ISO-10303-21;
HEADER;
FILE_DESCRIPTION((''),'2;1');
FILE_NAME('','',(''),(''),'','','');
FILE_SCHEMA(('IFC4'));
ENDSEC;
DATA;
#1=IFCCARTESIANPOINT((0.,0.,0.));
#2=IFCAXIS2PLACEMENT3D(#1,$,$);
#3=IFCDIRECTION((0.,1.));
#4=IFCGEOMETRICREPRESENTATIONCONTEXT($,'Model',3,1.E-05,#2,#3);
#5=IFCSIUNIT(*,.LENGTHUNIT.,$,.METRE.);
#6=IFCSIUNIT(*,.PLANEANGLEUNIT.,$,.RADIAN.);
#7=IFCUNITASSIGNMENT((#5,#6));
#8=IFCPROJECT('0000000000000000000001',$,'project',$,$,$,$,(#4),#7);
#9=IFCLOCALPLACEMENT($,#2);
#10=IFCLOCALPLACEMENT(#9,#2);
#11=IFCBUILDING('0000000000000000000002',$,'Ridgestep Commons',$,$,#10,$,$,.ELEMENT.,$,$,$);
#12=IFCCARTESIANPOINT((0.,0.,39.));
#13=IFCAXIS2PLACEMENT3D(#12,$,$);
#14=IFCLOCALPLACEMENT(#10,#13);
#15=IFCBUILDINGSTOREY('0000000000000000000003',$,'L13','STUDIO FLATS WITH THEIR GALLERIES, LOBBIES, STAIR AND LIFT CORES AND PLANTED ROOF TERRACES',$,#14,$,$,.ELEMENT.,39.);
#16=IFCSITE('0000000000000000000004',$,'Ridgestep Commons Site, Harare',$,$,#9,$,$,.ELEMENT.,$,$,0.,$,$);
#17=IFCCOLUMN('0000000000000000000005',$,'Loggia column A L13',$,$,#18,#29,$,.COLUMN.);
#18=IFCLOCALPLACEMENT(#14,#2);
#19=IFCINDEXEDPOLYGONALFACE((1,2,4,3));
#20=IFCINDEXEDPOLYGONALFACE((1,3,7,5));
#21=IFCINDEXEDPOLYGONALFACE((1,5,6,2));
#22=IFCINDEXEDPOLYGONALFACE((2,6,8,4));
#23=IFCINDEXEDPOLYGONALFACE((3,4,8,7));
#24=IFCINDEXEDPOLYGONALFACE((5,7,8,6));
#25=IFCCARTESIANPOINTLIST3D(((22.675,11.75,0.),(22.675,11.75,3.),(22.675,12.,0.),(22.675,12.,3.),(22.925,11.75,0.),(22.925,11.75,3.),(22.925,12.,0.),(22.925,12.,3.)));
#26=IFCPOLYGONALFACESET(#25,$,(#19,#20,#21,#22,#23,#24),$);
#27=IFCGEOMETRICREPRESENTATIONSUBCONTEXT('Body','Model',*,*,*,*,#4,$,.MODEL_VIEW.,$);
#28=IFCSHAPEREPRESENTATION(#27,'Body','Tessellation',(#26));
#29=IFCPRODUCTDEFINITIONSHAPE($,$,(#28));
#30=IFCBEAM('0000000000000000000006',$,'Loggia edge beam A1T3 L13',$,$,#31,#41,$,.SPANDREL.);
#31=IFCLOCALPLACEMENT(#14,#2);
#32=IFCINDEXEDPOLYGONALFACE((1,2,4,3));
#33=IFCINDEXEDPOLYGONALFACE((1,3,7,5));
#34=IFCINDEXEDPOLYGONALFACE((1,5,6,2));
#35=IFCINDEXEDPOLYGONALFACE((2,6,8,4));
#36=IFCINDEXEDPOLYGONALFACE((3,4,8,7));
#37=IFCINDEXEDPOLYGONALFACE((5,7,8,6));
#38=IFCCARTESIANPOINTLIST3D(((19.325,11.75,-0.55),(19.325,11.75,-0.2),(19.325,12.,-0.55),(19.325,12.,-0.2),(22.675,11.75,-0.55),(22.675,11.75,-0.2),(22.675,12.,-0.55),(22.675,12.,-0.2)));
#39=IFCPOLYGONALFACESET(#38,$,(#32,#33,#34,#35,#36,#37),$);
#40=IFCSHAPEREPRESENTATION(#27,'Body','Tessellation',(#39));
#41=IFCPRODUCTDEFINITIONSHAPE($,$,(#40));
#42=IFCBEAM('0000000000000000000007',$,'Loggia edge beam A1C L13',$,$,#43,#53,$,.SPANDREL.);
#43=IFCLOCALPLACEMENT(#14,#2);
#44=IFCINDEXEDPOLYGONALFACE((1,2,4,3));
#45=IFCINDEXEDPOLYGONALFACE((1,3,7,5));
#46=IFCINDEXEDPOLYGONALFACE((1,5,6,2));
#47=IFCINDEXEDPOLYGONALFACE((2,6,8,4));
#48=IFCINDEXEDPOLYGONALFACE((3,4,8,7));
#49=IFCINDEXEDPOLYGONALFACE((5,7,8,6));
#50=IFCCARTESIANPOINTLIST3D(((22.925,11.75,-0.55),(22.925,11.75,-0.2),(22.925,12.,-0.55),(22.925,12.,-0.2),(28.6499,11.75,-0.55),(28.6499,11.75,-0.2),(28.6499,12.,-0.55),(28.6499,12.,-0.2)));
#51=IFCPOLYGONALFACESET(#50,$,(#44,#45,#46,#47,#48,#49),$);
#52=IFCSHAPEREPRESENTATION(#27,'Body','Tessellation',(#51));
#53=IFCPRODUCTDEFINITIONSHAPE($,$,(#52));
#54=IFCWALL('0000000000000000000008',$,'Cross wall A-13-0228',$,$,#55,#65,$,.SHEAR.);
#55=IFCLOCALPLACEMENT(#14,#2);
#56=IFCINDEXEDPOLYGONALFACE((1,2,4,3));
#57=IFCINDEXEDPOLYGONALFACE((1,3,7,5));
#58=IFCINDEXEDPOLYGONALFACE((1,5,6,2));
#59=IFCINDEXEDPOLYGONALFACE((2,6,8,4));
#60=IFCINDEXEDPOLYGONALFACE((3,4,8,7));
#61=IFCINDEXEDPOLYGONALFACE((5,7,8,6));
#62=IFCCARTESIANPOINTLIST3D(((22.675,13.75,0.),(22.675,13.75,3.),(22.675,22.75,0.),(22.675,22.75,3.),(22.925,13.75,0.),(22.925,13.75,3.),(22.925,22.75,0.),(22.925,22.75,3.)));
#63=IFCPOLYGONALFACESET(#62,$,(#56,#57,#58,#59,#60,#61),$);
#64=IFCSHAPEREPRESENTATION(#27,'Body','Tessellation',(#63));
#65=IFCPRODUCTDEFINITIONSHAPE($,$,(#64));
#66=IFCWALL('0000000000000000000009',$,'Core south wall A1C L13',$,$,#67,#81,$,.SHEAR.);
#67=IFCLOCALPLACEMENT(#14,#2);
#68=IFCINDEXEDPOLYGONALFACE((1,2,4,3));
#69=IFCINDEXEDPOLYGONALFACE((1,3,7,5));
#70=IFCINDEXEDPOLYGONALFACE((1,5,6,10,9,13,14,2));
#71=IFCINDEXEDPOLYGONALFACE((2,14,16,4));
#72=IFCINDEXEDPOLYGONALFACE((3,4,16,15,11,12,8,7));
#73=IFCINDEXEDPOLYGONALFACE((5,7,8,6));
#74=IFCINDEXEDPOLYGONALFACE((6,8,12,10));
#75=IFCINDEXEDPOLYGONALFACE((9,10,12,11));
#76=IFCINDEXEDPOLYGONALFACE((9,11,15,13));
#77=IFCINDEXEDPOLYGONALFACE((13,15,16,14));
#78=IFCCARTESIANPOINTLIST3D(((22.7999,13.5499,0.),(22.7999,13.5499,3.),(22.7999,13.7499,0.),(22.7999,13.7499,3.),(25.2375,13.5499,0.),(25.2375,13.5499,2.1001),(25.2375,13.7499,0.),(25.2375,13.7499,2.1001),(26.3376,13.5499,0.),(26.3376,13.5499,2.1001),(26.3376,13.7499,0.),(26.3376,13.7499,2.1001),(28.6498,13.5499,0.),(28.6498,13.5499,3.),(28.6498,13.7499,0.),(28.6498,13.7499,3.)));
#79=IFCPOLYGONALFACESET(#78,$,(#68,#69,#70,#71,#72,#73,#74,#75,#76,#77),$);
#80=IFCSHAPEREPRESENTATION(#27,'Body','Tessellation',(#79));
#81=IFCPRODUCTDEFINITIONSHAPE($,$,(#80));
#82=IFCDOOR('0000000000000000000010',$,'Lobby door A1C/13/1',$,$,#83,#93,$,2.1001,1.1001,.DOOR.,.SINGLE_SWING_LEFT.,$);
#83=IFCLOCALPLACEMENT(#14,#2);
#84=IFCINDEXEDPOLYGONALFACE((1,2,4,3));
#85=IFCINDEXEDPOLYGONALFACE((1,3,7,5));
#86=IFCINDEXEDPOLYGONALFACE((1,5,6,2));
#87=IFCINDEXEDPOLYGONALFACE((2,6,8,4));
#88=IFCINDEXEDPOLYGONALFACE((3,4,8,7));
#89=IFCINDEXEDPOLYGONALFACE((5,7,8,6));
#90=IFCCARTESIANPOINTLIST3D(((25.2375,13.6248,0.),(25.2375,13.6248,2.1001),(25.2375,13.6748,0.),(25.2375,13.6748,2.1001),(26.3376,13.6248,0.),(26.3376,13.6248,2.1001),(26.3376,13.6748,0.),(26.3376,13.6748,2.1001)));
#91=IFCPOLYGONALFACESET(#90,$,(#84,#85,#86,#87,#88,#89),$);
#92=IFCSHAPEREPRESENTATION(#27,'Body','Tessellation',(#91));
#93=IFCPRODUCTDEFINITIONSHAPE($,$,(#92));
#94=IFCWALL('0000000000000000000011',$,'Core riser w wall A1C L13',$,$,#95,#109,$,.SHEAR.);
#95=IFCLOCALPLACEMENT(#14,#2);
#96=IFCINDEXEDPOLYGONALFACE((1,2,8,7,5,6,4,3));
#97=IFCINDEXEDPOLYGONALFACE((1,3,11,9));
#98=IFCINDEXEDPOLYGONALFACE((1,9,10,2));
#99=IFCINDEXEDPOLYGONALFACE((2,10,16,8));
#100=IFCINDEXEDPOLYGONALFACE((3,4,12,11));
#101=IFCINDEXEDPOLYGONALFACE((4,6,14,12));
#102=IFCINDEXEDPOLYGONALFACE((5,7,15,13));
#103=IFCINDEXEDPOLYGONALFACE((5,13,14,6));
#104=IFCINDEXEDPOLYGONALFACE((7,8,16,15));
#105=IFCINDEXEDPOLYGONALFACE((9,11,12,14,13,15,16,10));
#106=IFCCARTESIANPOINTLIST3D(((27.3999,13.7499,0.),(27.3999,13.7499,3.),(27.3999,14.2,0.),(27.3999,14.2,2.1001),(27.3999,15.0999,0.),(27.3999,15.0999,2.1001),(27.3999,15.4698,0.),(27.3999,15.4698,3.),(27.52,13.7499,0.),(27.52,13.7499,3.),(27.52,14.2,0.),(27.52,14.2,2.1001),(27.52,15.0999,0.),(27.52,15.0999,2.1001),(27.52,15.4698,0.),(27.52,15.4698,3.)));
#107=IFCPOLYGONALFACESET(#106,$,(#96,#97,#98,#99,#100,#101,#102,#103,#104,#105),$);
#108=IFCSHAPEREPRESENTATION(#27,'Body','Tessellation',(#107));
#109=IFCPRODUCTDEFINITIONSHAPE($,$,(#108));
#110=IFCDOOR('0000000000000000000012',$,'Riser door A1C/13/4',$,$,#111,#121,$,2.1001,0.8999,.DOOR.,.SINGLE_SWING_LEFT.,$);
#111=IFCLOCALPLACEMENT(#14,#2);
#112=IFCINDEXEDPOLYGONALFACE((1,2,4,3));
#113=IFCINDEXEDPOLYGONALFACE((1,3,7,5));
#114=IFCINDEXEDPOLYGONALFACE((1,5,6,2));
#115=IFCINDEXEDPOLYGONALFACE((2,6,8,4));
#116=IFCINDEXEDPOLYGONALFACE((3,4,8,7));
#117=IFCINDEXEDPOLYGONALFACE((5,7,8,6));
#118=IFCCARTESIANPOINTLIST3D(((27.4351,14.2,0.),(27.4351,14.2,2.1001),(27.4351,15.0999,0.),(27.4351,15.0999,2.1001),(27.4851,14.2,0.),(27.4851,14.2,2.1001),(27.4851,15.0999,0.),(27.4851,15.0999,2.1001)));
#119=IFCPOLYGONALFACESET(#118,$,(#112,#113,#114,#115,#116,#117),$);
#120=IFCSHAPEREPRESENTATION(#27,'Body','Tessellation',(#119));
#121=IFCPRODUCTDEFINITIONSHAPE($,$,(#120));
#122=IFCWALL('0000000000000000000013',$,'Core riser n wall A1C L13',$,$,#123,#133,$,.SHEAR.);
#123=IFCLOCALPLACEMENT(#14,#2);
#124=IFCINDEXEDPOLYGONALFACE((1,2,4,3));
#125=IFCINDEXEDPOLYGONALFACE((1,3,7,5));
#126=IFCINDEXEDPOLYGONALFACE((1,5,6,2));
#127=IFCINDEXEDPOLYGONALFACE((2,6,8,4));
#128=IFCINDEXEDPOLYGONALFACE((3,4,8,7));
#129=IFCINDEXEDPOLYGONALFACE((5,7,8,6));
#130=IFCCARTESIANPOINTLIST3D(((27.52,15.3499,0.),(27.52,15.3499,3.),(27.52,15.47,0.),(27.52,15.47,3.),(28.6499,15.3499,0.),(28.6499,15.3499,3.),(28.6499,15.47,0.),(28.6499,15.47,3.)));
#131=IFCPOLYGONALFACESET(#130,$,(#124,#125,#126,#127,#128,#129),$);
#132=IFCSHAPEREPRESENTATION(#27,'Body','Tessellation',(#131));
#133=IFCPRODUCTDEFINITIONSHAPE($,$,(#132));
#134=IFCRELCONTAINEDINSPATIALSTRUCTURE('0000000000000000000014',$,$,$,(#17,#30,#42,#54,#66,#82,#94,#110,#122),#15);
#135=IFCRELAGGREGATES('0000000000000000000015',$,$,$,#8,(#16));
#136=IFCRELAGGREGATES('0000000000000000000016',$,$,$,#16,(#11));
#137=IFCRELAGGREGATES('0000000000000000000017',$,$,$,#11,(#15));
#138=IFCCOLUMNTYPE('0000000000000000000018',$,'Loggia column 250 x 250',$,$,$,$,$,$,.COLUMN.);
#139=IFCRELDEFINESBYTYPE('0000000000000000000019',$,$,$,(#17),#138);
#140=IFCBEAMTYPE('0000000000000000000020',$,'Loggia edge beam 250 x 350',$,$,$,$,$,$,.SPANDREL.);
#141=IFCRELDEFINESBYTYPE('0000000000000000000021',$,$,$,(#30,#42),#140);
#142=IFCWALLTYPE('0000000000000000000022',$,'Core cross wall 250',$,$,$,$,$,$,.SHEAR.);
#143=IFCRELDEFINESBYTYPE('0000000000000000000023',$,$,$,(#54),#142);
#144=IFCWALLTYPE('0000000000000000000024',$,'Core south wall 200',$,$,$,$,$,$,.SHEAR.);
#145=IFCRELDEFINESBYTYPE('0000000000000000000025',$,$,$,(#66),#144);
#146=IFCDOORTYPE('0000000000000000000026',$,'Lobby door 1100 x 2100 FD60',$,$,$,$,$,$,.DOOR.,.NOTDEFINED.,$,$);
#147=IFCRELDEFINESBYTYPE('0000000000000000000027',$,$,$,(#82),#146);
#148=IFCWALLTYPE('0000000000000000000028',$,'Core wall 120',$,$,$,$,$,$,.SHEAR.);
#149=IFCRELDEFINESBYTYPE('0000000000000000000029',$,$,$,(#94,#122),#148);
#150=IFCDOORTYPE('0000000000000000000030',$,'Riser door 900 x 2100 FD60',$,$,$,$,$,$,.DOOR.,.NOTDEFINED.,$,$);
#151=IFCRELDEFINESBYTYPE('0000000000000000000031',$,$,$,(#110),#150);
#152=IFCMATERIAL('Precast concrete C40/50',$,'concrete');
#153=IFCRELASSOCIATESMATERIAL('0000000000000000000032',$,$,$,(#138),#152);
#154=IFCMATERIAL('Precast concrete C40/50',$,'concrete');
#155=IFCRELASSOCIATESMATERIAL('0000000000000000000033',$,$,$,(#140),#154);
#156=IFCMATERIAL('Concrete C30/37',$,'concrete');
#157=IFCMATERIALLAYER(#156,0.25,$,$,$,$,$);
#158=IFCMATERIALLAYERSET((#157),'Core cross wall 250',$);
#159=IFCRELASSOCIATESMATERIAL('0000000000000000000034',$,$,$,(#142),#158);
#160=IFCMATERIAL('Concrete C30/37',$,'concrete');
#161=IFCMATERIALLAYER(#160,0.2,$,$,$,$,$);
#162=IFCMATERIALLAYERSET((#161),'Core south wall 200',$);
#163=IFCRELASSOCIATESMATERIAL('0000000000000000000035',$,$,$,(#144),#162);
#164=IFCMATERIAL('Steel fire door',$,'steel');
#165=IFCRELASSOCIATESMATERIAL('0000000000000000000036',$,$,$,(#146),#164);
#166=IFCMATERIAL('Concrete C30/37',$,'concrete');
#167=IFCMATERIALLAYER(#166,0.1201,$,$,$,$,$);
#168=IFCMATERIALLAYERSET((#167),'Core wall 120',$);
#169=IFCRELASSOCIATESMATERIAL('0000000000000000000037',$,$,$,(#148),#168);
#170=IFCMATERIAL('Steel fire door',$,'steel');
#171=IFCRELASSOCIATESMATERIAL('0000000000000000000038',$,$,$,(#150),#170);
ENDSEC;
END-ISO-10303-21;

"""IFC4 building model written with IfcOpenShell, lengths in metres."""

from ifc_helpers import new_model, si_unit, direction, frame, frame_2d, origin, origin_2d, place, context, subcontext, project, spatial, rectangle, extrude, material, layer, layer_set, material_profile, profile_set, type_object, element, fill, save


model = new_model("IFC4")

# Units and contexts
model_context = context("Model", 3, precision=1e-05, world=origin(), true_north=direction((0.0, 1.0)))
body_context = subcontext(model_context, "Body", "Model", "MODEL_VIEW")
ifc_project = project(units=[si_unit("LENGTHUNIT", "METRE"), si_unit("PLANEANGLEUNIT", "RADIAN")], contexts=[model_context])

# Site, building, storey
site_placement = place(None, origin())
site = spatial("IfcSite", under=ifc_project, at=site_placement, Name="Ridgestep Commons Site, Harare", CompositionType="ELEMENT", RefElevation=0.0)
building_placement = place(site_placement, origin())
building = spatial("IfcBuilding", under=site, at=building_placement, Name="Ridgestep Commons", CompositionType="ELEMENT")
storey_placement = place(building_placement, frame((0.0, 0.0, 39.0)))
storey = spatial("IfcBuildingStorey", under=building, at=storey_placement, Name="L13", Description="STUDIO FLATS WITH THEIR GALLERIES, LOBBIES, STAIR AND LIFT CORES AND PLANTED ROOF TERRACES", CompositionType="ELEMENT", Elevation=39.0)

# Column
ifc_material_1 = material(Name="Precast concrete C40/50", Category="concrete")
ifc_material_profile_1 = material_profile(ifc_material_1, rectangle(XDim=0.25, YDim=0.25, at=origin_2d()), Name="PC 250x250")
ifc_profile_set_1 = profile_set([ifc_material_profile_1], Name="Precast concrete C40/50")
column_type = type_object("IfcColumnType", Name="Loggia column 250 x 250", PredefinedType="COLUMN", material=ifc_profile_set_1)
column_placement = place(storey_placement, frame((22.8, 11.875, 0.0), z_axis=(0.0, 0.0, 1.0), x_axis=(1.0, 0.0, 0.0)))
element("IfcColumn", 1, at=column_placement, inside=storey, type_object=column_type, Name="Loggia column A L13", PredefinedType="COLUMN", context=body_context, shape_type="SweptSolid", body=[
    extrude(rectangle(XDim=0.25, YDim=0.25, at=origin_2d()), origin(), (0.0, 0.0, 1.0), 3.0),
])

# Beams
ifc_material_2 = material(Name="Precast concrete C40/50", Category="concrete")
ifc_material_profile_2 = material_profile(ifc_material_2, rectangle(XDim=0.25, YDim=0.3501, at=origin_2d()), Name="PC 250x350")
ifc_profile_set_2 = profile_set([ifc_material_profile_2], Name="Precast concrete C40/50")
beam_type = type_object("IfcBeamType", Name="Loggia edge beam 250 x 350", PredefinedType="SPANDREL", material=ifc_profile_set_2)
beam_1_placement = place(storey_placement, frame((19.325, 11.875, -0.375), z_axis=(1.0, 0.0, 0.0), x_axis=(0.0, 1.0, 0.0)))
element("IfcBeam", 2, at=beam_1_placement, inside=storey, type_object=beam_type, Name="Loggia edge beam A1T3 L13", PredefinedType="SPANDREL", context=body_context, shape_type="SweptSolid", body=[
    extrude(rectangle(XDim=0.25, YDim=0.3501, at=origin_2d()), origin(), (0.0, 0.0, 1.0), 3.3501),
])
beam_2_placement = place(storey_placement, frame((22.925, 11.875, -0.375), z_axis=(1.0, 0.0, 0.0), x_axis=(0.0, 1.0, 0.0)))
element("IfcBeam", 3, at=beam_2_placement, inside=storey, type_object=beam_type, Name="Loggia edge beam A1C L13", PredefinedType="SPANDREL", context=body_context, shape_type="SweptSolid", body=[
    extrude(rectangle(XDim=0.25, YDim=0.3501, at=origin_2d()), origin(), (0.0, 0.0, 1.0), 5.7249),
])

# Wall
ifc_material_3 = material(Name="Concrete C30/37", Category="concrete")
ifc_layer_1 = layer(ifc_material_3, 0.25)
ifc_layer_set_1 = layer_set([ifc_layer_1], Name="Core cross wall 250")
wall_type_1 = type_object("IfcWallType", Name="Core cross wall 250", PredefinedType="SHEAR", material=ifc_layer_set_1)
wall_1_placement = place(storey_placement, frame((22.8, 13.75, 0.0), z_axis=(0.0, 0.0, 1.0), x_axis=(0.0, 1.0, 0.0)))
element("IfcWall", 4, at=wall_1_placement, inside=storey, type_object=wall_type_1, Name="Cross wall A-13-0228", PredefinedType="SHEAR", context=body_context, shape_type="SweptSolid", body=[
    extrude(rectangle(XDim=9.0, YDim=0.25, at=frame_2d((4.5, 0.0))), origin(), (0.0, 0.0, 1.0), 3.0),
])

# Walls, openings, doors
ifc_material_4 = material(Name="Concrete C30/37", Category="concrete")
ifc_layer_2 = layer(ifc_material_4, 0.2)
ifc_layer_set_2 = layer_set([ifc_layer_2], Name="Core south wall 200")
wall_type_2 = type_object("IfcWallType", Name="Core south wall 200", PredefinedType="SHEAR", material=ifc_layer_set_2)
wall_2_placement = place(storey_placement, frame((22.8, 13.6499, 0.0), z_axis=(0.0, 0.0, 1.0), x_axis=(1.0, 0.0, 0.0)))
wall_2 = element("IfcWall", 5, at=wall_2_placement, inside=storey, type_object=wall_type_2, Name="Core south wall A1C L13", PredefinedType="SHEAR", context=body_context, shape_type="SweptSolid", body=[
    extrude(rectangle(XDim=5.8499, YDim=0.2, at=frame_2d((2.9248, 0.0))), origin(), (0.0, 0.0, 1.0), 3.0),
])
opening_1_placement = place(wall_2_placement, frame((2.4375, 0.0, 0.0)))
opening_1 = element("IfcOpeningElement", 6, at=opening_1_placement, cuts=wall_2, PredefinedType="OPENING", context=body_context, shape_type="SweptSolid", body=[
    extrude(rectangle(XDim=1.1001, YDim=2.1001, at=frame_2d((0.55, 1.05))), frame((0.0, 0.1099, 0.0), z_axis=(0.0, -1.0, 0.0), x_axis=(1.0, 0.0, 0.0)), (0.0, 0.0, 1.0), 0.22),
])
ifc_material_5 = material(Name="Steel fire door", Category="steel")
door_type_1 = type_object("IfcDoorType", Name="Lobby door 1100 x 2100 FD60", OperationType="NOTDEFINED", PredefinedType="DOOR", material=ifc_material_5)
door_1_placement = place(opening_1_placement, origin())
door_1 = element("IfcDoor", 7, at=door_1_placement, inside=storey, type_object=door_type_1, Name="Lobby door A1C/13/1", OperationType="SINGLE_SWING_LEFT", OverallHeight=2.1001, OverallWidth=1.1001, PredefinedType="DOOR", context=body_context, shape_type="SweptSolid", body=[
    extrude(rectangle(XDim=1.1001, YDim=2.1001, at=frame_2d((0.55, 1.05))), frame((0.0, 0.0249, 0.0), z_axis=(0.0, -1.0, 0.0), x_axis=(1.0, 0.0, 0.0)), (0.0, 0.0, 1.0), 0.05),
])
fill(opening_1, door_1)
ifc_material_6 = material(Name="Concrete C30/37", Category="concrete")
ifc_layer_3 = layer(ifc_material_6, 0.1201)
ifc_layer_set_3 = layer_set([ifc_layer_3], Name="Core wall 120")
wall_type_3 = type_object("IfcWallType", Name="Core wall 120", PredefinedType="SHEAR", material=ifc_layer_set_3)
wall_3_placement = place(storey_placement, frame((27.46, 13.75, 0.0), z_axis=(0.0, 0.0, 1.0), x_axis=(0.0, 1.0, 0.0)))
wall_3 = element("IfcWall", 8, at=wall_3_placement, inside=storey, type_object=wall_type_3, Name="Core riser w wall A1C L13", PredefinedType="SHEAR", context=body_context, shape_type="SweptSolid", body=[
    extrude(rectangle(XDim=1.72, YDim=0.1201, at=frame_2d((0.8599, 0.0))), origin(), (0.0, 0.0, 1.0), 3.0),
])
opening_2_placement = place(wall_3_placement, frame((0.45, 0.0, 0.0)))
opening_2 = element("IfcOpeningElement", 9, at=opening_2_placement, cuts=wall_3, PredefinedType="OPENING", context=body_context, shape_type="SweptSolid", body=[
    extrude(rectangle(XDim=0.8999, YDim=2.1001, at=frame_2d((0.45, 1.05))), frame((0.0, 0.0701, 0.0), z_axis=(0.0, -1.0, 0.0), x_axis=(1.0, 0.0, 0.0)), (0.0, 0.0, 1.0), 0.1401),
])
ifc_material_7 = material(Name="Steel fire door", Category="steel")
door_type_2 = type_object("IfcDoorType", Name="Riser door 900 x 2100 FD60", OperationType="NOTDEFINED", PredefinedType="DOOR", material=ifc_material_7)
door_2_placement = place(opening_2_placement, origin())
door_2 = element("IfcDoor", 10, at=door_2_placement, inside=storey, type_object=door_type_2, Name="Riser door A1C/13/4", OperationType="SINGLE_SWING_LEFT", OverallHeight=2.1001, OverallWidth=0.8999, PredefinedType="DOOR", context=body_context, shape_type="SweptSolid", body=[
    extrude(rectangle(XDim=0.8999, YDim=2.1001, at=frame_2d((0.45, 1.05))), frame((0.0, 0.0249, 0.0), z_axis=(0.0, -1.0, 0.0), x_axis=(1.0, 0.0, 0.0)), (0.0, 0.0, 1.0), 0.05),
])
fill(opening_2, door_2)

# Wall
wall_4_placement = place(storey_placement, frame((27.52, 15.4099, 0.0), z_axis=(0.0, 0.0, 1.0), x_axis=(1.0, 0.0, 0.0)))
element("IfcWall", 11, at=wall_4_placement, inside=storey, type_object=wall_type_3, Name="Core riser n wall A1C L13", PredefinedType="SHEAR", context=body_context, shape_type="SweptSolid", body=[
    extrude(rectangle(XDim=1.1299, YDim=0.1201, at=frame_2d((0.5649, 0.0))), origin(), (0.0, 0.0, 1.0), 3.0),
])

save(model, "model.ifc")
